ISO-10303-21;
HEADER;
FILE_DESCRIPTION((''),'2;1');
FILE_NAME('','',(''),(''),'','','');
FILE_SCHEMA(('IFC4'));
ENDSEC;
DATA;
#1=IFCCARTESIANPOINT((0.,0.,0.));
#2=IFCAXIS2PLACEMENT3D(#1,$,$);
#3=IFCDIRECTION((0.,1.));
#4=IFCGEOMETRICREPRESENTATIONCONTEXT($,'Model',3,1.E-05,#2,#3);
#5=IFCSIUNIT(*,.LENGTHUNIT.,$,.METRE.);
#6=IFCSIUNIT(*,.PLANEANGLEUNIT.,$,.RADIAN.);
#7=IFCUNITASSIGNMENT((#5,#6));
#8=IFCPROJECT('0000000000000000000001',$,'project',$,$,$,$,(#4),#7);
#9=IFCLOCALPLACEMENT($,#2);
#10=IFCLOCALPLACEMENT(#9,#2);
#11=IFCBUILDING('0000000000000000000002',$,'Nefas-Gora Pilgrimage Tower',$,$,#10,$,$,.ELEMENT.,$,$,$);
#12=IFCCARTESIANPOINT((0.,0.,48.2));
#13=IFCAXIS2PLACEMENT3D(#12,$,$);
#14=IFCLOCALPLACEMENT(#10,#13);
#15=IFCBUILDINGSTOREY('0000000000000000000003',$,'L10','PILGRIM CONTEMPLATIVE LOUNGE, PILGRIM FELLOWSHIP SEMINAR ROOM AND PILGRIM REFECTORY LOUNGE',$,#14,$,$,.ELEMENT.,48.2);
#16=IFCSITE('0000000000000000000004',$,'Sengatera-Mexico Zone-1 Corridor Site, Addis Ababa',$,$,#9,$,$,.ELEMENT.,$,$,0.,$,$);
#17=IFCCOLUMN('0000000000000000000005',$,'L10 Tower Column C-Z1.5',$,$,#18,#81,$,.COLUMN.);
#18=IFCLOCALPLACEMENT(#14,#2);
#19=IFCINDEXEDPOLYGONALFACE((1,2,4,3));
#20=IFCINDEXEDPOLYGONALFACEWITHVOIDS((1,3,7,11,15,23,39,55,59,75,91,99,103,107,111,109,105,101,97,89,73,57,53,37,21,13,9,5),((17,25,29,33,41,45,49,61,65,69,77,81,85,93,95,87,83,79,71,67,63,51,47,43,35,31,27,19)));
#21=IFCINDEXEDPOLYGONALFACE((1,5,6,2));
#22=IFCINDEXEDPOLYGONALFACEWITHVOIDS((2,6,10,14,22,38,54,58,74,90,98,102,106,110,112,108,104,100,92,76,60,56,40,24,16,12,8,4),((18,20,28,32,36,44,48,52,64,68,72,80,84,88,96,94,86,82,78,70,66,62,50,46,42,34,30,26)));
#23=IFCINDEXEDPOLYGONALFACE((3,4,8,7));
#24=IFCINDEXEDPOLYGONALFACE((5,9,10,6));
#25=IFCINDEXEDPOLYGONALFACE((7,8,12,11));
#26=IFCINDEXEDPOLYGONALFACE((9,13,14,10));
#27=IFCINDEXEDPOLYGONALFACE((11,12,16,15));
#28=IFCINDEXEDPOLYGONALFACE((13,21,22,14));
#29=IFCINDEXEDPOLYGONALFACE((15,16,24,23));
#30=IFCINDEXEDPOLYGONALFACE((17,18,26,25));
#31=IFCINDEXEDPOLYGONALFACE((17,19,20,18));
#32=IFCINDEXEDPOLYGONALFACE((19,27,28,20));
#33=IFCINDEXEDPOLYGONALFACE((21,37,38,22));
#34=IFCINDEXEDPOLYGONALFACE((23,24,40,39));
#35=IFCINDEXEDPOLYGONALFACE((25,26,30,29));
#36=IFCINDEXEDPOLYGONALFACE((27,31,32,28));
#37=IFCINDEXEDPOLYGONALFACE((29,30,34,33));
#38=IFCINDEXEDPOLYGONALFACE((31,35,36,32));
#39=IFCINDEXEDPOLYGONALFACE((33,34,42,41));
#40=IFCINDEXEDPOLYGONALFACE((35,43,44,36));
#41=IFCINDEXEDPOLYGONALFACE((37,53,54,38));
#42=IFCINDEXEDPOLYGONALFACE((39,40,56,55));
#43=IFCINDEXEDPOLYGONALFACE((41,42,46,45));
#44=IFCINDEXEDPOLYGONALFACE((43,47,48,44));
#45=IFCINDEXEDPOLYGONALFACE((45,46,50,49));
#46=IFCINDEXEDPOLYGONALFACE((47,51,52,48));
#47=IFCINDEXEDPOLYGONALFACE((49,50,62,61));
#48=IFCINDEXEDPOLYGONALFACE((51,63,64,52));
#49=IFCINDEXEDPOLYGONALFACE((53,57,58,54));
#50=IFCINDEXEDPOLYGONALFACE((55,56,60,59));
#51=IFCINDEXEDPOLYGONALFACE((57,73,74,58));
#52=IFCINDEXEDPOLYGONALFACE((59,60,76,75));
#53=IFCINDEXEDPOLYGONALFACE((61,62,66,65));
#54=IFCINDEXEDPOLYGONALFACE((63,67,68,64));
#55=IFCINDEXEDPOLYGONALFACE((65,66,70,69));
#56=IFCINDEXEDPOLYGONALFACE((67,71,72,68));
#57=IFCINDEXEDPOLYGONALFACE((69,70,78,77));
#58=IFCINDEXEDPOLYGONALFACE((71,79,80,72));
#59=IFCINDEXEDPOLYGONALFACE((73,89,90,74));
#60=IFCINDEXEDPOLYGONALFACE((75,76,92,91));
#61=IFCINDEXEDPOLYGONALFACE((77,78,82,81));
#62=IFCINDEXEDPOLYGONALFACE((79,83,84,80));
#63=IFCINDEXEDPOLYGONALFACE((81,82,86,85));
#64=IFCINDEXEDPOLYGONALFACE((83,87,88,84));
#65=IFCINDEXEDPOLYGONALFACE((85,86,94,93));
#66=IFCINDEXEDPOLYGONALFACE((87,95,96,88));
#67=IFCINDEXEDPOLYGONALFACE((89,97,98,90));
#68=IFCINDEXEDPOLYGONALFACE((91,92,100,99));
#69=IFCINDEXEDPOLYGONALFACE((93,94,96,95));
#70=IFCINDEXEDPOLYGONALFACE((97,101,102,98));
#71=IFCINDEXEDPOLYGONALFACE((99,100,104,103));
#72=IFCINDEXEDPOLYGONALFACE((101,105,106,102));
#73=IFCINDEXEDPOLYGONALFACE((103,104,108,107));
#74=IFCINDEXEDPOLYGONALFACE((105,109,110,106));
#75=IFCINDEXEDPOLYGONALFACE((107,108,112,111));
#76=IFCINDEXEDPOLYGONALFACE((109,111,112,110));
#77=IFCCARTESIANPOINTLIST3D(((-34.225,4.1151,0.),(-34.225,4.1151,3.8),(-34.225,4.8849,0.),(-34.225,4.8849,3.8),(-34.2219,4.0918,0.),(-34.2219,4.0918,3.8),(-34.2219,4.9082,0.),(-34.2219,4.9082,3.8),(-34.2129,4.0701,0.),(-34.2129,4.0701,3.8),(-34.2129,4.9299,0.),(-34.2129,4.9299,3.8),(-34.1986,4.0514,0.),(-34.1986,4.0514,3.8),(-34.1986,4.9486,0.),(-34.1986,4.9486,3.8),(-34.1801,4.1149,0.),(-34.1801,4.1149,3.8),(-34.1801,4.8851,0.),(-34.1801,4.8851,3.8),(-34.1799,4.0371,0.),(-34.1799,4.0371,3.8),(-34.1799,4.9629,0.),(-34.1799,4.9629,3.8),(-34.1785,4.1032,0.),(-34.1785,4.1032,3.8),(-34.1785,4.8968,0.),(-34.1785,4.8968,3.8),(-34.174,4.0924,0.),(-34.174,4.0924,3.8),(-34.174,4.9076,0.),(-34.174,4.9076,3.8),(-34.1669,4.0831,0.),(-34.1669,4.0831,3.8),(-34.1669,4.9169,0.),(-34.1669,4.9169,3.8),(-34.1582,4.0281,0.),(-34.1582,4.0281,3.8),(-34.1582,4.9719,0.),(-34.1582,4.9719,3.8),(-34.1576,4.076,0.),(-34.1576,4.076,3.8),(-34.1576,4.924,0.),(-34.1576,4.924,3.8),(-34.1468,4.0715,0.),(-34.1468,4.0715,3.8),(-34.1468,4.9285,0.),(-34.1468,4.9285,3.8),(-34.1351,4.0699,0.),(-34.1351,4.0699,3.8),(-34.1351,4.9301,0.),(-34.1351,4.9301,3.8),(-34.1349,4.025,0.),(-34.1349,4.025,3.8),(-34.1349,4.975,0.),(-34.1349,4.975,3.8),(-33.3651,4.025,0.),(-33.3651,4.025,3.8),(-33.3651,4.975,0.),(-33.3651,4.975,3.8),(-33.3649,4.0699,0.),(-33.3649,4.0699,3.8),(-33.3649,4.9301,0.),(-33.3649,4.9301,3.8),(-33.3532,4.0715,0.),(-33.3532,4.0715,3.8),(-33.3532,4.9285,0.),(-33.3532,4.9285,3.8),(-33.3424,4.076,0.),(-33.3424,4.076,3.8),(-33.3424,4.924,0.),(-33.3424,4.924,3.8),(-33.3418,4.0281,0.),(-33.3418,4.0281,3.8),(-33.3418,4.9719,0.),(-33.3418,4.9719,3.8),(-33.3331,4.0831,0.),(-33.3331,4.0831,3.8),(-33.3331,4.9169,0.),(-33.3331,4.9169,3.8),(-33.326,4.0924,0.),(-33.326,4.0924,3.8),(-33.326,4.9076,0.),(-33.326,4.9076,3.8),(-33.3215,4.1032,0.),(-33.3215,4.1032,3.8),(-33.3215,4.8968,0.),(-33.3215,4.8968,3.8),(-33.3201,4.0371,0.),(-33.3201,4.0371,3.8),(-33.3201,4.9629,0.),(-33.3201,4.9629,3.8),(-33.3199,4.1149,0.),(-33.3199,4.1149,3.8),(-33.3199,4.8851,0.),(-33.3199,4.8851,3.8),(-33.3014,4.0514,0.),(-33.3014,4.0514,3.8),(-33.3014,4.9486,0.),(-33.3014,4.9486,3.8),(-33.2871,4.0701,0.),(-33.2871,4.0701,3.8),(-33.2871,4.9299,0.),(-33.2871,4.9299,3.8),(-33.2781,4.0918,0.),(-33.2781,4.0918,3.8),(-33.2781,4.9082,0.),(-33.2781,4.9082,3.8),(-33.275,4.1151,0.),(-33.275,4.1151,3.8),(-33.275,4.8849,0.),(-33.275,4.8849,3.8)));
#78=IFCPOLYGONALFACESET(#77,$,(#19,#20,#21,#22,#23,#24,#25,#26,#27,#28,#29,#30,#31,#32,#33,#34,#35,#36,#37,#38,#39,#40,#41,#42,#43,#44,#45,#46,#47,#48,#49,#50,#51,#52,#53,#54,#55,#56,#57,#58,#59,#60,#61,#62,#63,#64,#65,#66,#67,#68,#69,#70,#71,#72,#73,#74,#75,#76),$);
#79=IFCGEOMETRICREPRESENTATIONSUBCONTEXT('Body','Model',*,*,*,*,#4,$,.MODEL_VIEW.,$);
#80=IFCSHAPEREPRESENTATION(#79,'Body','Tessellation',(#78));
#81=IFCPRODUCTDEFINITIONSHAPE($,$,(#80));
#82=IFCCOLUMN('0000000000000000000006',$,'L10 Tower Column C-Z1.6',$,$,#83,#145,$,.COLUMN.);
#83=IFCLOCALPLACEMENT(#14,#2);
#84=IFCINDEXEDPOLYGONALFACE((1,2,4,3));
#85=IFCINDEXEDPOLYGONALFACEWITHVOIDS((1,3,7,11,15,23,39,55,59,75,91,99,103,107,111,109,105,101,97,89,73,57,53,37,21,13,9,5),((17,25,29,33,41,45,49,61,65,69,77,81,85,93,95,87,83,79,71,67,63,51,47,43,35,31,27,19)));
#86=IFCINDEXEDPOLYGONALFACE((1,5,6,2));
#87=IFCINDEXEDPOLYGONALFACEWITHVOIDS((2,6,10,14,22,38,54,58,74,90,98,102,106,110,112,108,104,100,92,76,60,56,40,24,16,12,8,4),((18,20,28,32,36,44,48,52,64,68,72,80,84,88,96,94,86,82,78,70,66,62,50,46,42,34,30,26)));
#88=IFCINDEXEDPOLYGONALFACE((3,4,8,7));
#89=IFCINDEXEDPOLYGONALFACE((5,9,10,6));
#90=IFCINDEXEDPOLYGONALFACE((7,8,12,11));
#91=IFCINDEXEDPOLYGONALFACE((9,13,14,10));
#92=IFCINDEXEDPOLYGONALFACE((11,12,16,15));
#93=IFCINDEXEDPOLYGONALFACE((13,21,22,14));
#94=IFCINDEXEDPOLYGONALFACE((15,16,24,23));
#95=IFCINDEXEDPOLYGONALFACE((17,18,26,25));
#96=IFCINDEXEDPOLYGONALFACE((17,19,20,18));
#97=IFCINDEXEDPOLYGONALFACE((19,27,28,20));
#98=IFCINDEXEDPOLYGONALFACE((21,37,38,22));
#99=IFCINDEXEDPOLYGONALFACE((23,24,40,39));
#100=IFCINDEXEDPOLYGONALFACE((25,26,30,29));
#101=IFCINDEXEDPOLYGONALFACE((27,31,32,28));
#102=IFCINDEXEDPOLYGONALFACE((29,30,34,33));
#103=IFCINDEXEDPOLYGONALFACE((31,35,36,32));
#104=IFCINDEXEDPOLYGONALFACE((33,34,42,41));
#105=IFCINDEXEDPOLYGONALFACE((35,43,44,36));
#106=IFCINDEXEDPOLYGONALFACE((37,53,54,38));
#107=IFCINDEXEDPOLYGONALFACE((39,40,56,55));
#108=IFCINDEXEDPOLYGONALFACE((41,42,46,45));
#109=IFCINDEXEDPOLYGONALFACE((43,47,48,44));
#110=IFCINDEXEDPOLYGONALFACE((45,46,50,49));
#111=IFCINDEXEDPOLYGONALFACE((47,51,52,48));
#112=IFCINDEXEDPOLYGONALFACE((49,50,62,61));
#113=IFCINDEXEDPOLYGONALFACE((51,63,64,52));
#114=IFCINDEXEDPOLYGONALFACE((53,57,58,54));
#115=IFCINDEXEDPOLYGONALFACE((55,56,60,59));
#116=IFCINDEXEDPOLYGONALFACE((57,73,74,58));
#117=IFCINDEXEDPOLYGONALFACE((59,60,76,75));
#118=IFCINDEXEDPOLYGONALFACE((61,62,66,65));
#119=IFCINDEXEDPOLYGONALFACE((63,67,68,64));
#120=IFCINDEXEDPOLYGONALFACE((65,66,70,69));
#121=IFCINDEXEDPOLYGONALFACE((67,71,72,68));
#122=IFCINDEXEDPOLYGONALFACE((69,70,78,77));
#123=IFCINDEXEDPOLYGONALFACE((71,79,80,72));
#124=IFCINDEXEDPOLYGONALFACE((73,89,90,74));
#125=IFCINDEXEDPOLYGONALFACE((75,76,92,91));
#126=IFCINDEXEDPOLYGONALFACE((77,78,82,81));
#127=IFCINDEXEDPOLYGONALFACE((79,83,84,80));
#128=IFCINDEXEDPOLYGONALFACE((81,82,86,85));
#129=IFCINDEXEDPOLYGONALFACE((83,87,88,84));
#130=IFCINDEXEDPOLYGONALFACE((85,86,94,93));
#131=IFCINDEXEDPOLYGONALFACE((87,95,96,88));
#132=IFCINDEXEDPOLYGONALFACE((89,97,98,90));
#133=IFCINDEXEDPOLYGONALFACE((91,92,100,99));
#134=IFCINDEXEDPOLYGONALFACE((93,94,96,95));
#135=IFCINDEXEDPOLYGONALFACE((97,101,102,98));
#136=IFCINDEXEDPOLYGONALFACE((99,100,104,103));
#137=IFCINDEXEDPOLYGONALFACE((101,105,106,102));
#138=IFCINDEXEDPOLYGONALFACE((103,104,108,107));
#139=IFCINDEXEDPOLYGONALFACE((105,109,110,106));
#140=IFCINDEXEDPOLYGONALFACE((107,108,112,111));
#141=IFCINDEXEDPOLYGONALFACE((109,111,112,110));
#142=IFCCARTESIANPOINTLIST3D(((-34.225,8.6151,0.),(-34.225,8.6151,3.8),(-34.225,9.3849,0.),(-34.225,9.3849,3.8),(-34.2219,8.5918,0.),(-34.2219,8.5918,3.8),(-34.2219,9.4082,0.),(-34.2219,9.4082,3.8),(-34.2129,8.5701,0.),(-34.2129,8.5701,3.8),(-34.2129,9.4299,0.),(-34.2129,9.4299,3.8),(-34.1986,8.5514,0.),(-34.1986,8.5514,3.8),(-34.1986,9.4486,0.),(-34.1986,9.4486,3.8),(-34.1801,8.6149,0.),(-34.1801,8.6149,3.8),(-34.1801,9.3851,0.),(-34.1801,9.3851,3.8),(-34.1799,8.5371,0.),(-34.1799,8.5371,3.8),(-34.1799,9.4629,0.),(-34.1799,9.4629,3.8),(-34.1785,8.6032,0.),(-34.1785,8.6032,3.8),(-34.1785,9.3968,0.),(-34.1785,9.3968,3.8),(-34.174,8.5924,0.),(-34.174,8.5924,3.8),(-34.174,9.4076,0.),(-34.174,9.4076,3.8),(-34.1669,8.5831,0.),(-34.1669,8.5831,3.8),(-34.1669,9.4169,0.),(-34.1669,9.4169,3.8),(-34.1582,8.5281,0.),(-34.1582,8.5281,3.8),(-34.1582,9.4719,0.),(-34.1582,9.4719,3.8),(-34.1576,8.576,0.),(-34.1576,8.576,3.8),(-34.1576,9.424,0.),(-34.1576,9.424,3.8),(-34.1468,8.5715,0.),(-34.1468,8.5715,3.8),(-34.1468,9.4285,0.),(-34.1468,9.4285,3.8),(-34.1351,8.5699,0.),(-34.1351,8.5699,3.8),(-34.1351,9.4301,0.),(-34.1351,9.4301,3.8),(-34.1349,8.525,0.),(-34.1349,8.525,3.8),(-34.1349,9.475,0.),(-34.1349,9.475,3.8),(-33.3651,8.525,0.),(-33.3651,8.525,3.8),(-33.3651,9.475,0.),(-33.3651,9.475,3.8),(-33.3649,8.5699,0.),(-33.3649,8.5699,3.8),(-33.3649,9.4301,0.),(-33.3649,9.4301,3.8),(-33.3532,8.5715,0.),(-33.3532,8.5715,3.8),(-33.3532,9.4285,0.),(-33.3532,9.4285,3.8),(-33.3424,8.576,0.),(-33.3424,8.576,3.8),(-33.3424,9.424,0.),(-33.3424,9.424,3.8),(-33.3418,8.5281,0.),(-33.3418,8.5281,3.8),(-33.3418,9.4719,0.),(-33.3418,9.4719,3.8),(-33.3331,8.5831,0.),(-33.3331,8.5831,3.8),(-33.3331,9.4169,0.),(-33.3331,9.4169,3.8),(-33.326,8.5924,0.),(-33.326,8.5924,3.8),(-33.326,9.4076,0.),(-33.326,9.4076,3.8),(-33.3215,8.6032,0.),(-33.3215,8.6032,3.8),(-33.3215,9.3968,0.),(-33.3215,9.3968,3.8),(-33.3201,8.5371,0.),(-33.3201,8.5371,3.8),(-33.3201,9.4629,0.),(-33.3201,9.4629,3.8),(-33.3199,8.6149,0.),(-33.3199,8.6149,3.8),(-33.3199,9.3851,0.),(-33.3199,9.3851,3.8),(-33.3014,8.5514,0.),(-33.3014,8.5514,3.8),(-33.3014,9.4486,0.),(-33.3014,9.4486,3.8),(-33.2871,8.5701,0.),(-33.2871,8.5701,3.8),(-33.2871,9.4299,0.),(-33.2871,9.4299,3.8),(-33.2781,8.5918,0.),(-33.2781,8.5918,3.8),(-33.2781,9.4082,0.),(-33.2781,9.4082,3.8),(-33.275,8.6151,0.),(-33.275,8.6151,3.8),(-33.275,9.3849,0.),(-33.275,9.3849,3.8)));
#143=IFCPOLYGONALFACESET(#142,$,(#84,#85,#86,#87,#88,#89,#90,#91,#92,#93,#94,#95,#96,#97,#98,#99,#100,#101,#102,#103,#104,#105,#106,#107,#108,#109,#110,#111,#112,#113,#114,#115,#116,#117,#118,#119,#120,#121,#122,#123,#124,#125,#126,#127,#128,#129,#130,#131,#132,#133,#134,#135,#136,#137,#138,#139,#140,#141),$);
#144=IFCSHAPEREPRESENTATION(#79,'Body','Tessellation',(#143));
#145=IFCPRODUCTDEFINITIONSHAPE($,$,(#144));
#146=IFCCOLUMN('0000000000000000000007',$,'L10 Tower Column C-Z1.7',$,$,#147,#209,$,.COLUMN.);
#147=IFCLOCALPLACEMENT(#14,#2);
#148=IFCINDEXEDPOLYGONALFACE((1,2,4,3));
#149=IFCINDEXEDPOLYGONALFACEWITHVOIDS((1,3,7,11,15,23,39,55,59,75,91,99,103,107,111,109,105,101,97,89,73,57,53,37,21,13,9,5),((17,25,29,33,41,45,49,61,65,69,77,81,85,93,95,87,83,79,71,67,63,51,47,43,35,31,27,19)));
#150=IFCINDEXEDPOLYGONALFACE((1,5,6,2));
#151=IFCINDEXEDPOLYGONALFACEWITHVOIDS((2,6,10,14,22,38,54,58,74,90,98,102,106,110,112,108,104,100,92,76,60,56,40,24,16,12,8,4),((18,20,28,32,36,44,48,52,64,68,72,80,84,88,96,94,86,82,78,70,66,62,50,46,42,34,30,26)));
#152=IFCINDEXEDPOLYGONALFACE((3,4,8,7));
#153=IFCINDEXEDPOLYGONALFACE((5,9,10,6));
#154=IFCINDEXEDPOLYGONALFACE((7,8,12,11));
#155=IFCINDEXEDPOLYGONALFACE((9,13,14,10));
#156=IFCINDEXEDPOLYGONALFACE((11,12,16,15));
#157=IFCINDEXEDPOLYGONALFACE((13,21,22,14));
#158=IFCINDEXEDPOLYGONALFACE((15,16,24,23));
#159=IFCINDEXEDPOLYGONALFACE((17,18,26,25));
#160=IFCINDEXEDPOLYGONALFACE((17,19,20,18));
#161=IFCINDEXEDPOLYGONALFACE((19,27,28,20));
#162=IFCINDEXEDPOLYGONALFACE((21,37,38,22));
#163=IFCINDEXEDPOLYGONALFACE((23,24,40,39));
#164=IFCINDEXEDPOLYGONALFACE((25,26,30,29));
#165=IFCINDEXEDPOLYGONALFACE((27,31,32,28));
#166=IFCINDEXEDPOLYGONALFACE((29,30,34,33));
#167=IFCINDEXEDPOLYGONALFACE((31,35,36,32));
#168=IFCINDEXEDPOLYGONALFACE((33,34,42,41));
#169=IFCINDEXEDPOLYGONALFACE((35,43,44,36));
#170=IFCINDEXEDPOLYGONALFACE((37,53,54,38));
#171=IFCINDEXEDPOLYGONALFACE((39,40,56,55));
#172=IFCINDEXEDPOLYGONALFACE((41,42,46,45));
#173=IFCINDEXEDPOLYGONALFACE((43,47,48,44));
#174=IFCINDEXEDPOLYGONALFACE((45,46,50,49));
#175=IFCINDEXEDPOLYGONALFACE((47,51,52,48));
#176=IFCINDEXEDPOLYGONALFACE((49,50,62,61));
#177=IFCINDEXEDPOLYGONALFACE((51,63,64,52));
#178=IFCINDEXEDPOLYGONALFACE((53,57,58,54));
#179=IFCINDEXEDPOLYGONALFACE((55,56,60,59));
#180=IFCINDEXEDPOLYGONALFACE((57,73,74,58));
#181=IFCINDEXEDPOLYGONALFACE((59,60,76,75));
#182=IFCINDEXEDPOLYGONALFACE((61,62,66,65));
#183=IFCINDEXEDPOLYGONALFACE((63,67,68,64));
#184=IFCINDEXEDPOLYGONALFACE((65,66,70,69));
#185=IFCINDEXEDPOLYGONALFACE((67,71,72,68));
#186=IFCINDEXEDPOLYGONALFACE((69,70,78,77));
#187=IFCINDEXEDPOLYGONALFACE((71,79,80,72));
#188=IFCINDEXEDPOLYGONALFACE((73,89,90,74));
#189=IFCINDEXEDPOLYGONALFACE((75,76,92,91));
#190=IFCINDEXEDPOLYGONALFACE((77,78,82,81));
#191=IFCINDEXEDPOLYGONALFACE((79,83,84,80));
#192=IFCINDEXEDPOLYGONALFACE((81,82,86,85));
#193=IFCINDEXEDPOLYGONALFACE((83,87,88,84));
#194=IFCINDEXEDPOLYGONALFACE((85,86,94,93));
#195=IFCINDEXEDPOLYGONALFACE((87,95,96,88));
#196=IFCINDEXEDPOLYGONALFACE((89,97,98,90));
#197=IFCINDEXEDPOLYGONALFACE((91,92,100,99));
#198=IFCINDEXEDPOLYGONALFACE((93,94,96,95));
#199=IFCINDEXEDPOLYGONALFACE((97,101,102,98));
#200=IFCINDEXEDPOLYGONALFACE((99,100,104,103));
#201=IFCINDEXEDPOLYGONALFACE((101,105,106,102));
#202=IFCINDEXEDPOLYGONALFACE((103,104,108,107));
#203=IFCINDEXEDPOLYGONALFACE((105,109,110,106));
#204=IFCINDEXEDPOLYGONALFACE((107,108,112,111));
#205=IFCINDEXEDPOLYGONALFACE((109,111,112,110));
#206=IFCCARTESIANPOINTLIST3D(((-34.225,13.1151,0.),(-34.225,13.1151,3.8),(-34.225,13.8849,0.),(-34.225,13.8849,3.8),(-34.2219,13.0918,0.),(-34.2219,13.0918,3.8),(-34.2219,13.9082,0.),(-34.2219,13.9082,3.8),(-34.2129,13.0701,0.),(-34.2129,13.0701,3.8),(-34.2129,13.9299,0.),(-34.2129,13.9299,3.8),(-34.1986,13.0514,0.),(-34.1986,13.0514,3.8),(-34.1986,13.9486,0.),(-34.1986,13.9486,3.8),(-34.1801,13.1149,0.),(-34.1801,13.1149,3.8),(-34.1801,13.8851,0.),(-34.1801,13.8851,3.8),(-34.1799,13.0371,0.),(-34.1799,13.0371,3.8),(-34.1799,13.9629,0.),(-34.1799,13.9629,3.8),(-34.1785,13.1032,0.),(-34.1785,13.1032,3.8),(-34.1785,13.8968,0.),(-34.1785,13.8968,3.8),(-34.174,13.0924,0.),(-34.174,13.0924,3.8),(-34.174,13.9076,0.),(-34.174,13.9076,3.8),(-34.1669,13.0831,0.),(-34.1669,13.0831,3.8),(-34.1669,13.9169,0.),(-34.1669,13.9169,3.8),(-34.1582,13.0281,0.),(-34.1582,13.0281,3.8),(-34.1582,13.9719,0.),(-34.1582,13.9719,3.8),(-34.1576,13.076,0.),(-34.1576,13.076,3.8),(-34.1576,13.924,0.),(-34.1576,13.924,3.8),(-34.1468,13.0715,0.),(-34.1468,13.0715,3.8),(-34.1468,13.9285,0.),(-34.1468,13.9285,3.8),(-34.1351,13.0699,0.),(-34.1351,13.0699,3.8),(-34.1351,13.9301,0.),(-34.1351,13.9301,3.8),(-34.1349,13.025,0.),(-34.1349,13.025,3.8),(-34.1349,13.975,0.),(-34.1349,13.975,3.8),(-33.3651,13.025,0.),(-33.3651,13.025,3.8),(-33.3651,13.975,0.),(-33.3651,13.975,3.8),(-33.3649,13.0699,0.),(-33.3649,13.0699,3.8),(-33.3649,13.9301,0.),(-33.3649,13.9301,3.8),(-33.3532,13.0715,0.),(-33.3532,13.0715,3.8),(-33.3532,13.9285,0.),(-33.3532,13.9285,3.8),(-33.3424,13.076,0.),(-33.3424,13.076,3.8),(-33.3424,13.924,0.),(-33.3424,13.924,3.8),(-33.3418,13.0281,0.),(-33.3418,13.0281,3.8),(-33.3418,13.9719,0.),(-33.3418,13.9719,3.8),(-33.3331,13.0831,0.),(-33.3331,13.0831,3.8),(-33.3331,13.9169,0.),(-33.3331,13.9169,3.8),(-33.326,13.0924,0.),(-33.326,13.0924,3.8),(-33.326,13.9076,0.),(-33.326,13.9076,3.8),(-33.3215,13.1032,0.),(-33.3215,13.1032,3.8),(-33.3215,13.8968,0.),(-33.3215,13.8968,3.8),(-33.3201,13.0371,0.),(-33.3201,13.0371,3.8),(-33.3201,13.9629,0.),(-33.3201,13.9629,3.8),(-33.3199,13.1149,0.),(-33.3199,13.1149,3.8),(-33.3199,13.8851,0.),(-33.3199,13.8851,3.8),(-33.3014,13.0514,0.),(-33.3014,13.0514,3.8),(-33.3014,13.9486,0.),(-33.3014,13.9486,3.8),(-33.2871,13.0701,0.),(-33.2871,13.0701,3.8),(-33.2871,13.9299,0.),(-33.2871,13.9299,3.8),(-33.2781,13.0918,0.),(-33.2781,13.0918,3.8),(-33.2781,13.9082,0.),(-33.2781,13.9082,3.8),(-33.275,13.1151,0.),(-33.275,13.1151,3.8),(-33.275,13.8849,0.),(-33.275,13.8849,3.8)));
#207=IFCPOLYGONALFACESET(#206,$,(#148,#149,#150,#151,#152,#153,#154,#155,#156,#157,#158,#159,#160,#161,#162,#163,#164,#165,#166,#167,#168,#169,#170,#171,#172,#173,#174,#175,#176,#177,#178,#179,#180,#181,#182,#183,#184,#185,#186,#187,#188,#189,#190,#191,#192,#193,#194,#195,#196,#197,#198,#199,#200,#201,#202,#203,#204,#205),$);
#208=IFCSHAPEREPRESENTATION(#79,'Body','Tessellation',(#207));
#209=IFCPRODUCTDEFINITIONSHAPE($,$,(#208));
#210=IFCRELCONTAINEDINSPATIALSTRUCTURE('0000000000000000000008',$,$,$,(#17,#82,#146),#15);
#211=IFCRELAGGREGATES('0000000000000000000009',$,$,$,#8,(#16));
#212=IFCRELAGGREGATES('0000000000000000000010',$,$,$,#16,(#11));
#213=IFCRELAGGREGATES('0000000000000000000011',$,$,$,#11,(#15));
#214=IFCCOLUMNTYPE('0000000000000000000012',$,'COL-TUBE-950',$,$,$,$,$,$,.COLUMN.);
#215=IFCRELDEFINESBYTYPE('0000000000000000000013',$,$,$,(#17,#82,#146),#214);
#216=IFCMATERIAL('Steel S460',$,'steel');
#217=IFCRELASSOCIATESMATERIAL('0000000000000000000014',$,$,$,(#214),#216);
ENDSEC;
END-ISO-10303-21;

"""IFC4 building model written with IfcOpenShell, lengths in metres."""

from ifc_helpers import new_model, si_unit, direction, frame, origin, origin_2d, place, context, subcontext, project, spatial, hollow_rectangle, extrude, source, transform, mapped, material, material_profile, profile_set, type_object, element, save


model = new_model("IFC4")

# Units and contexts
model_context = context("Model", 3, precision=1e-05, world=origin(), true_north=direction((0.0, 1.0)))
body_context = subcontext(model_context, "Body", "Model", "MODEL_VIEW")
ifc_project = project(units=[si_unit("LENGTHUNIT", "METRE"), si_unit("PLANEANGLEUNIT", "RADIAN")], contexts=[model_context])

# Site, building, storey
site_placement = place(None, origin())
site = spatial("IfcSite", under=ifc_project, at=site_placement, Name="Sengatera-Mexico Zone-1 Corridor Site, Addis Ababa", CompositionType="ELEMENT", RefElevation=0.0)
building_placement = place(site_placement, origin())
building = spatial("IfcBuilding", under=site, at=building_placement, Name="Nefas-Gora Pilgrimage Tower", CompositionType="ELEMENT")
storey_placement = place(building_placement, frame((0.0, 0.0, 48.2)))
storey = spatial("IfcBuildingStorey", under=building, at=storey_placement, Name="L10", Description="PILGRIM CONTEMPLATIVE LOUNGE, PILGRIM FELLOWSHIP SEMINAR ROOM AND PILGRIM REFECTORY LOUNGE", CompositionType="ELEMENT", Elevation=48.2)

# Columns
ifc_material_1 = material(Name="Steel S460", Category="steel")
ifc_material_profile_1 = material_profile(ifc_material_1, hollow_rectangle(XDim=0.95, YDim=0.95, WallThickness=0.0449, InnerFilletRadius=0.0449, OuterFilletRadius=0.0901, at=origin_2d()), Name="BOX 950x950x45")
ifc_profile_set_1 = profile_set([ifc_material_profile_1], Name="Steel S460")
column_type_1 = type_object("IfcColumnType", Name="COL-TUBE-950", PredefinedType="COLUMN", material=ifc_profile_set_1)
shared_shape_1 = source(origin(), body_context, "Body", "SweptSolid", [
    extrude(hollow_rectangle(XDim=0.95, YDim=0.95, WallThickness=0.0449, InnerFilletRadius=0.0449, OuterFilletRadius=0.0901, at=origin_2d()), origin(), (0.0, 0.0, 1.0), 3.8),
])
for number, where, z_axis, x_axis, name in (
    (1, (-33.75, 4.5, 0.0), (0.0, 0.0, 1.0), (1.0, 0.0, 0.0), "L10 Tower Column C-Z1.5"),
    (2, (-33.75, 9.0, 0.0), (0.0, 0.0, 1.0), (1.0, 0.0, 0.0), "L10 Tower Column C-Z1.6"),
    (3, (-33.75, 13.5, 0.0), (0.0, 0.0, 1.0), (1.0, 0.0, 0.0), "L10 Tower Column C-Z1.7"),
):
    element("IfcColumn", number, at=place(storey_placement, frame(where, z_axis=z_axis, x_axis=x_axis)), inside=storey, type_object=column_type_1, Name=name, PredefinedType="COLUMN", context=body_context, shape_type="MappedRepresentation", body=[
        mapped(shared_shape_1, transform((0.0, 0.0, 0.0), x_axis=(1.0, 0.0, 0.0), y_axis=(0.0, 1.0, 0.0), z_axis=(0.0, 0.0, 1.0), scale=1.0)),
    ])

save(model, "model.ifc")
